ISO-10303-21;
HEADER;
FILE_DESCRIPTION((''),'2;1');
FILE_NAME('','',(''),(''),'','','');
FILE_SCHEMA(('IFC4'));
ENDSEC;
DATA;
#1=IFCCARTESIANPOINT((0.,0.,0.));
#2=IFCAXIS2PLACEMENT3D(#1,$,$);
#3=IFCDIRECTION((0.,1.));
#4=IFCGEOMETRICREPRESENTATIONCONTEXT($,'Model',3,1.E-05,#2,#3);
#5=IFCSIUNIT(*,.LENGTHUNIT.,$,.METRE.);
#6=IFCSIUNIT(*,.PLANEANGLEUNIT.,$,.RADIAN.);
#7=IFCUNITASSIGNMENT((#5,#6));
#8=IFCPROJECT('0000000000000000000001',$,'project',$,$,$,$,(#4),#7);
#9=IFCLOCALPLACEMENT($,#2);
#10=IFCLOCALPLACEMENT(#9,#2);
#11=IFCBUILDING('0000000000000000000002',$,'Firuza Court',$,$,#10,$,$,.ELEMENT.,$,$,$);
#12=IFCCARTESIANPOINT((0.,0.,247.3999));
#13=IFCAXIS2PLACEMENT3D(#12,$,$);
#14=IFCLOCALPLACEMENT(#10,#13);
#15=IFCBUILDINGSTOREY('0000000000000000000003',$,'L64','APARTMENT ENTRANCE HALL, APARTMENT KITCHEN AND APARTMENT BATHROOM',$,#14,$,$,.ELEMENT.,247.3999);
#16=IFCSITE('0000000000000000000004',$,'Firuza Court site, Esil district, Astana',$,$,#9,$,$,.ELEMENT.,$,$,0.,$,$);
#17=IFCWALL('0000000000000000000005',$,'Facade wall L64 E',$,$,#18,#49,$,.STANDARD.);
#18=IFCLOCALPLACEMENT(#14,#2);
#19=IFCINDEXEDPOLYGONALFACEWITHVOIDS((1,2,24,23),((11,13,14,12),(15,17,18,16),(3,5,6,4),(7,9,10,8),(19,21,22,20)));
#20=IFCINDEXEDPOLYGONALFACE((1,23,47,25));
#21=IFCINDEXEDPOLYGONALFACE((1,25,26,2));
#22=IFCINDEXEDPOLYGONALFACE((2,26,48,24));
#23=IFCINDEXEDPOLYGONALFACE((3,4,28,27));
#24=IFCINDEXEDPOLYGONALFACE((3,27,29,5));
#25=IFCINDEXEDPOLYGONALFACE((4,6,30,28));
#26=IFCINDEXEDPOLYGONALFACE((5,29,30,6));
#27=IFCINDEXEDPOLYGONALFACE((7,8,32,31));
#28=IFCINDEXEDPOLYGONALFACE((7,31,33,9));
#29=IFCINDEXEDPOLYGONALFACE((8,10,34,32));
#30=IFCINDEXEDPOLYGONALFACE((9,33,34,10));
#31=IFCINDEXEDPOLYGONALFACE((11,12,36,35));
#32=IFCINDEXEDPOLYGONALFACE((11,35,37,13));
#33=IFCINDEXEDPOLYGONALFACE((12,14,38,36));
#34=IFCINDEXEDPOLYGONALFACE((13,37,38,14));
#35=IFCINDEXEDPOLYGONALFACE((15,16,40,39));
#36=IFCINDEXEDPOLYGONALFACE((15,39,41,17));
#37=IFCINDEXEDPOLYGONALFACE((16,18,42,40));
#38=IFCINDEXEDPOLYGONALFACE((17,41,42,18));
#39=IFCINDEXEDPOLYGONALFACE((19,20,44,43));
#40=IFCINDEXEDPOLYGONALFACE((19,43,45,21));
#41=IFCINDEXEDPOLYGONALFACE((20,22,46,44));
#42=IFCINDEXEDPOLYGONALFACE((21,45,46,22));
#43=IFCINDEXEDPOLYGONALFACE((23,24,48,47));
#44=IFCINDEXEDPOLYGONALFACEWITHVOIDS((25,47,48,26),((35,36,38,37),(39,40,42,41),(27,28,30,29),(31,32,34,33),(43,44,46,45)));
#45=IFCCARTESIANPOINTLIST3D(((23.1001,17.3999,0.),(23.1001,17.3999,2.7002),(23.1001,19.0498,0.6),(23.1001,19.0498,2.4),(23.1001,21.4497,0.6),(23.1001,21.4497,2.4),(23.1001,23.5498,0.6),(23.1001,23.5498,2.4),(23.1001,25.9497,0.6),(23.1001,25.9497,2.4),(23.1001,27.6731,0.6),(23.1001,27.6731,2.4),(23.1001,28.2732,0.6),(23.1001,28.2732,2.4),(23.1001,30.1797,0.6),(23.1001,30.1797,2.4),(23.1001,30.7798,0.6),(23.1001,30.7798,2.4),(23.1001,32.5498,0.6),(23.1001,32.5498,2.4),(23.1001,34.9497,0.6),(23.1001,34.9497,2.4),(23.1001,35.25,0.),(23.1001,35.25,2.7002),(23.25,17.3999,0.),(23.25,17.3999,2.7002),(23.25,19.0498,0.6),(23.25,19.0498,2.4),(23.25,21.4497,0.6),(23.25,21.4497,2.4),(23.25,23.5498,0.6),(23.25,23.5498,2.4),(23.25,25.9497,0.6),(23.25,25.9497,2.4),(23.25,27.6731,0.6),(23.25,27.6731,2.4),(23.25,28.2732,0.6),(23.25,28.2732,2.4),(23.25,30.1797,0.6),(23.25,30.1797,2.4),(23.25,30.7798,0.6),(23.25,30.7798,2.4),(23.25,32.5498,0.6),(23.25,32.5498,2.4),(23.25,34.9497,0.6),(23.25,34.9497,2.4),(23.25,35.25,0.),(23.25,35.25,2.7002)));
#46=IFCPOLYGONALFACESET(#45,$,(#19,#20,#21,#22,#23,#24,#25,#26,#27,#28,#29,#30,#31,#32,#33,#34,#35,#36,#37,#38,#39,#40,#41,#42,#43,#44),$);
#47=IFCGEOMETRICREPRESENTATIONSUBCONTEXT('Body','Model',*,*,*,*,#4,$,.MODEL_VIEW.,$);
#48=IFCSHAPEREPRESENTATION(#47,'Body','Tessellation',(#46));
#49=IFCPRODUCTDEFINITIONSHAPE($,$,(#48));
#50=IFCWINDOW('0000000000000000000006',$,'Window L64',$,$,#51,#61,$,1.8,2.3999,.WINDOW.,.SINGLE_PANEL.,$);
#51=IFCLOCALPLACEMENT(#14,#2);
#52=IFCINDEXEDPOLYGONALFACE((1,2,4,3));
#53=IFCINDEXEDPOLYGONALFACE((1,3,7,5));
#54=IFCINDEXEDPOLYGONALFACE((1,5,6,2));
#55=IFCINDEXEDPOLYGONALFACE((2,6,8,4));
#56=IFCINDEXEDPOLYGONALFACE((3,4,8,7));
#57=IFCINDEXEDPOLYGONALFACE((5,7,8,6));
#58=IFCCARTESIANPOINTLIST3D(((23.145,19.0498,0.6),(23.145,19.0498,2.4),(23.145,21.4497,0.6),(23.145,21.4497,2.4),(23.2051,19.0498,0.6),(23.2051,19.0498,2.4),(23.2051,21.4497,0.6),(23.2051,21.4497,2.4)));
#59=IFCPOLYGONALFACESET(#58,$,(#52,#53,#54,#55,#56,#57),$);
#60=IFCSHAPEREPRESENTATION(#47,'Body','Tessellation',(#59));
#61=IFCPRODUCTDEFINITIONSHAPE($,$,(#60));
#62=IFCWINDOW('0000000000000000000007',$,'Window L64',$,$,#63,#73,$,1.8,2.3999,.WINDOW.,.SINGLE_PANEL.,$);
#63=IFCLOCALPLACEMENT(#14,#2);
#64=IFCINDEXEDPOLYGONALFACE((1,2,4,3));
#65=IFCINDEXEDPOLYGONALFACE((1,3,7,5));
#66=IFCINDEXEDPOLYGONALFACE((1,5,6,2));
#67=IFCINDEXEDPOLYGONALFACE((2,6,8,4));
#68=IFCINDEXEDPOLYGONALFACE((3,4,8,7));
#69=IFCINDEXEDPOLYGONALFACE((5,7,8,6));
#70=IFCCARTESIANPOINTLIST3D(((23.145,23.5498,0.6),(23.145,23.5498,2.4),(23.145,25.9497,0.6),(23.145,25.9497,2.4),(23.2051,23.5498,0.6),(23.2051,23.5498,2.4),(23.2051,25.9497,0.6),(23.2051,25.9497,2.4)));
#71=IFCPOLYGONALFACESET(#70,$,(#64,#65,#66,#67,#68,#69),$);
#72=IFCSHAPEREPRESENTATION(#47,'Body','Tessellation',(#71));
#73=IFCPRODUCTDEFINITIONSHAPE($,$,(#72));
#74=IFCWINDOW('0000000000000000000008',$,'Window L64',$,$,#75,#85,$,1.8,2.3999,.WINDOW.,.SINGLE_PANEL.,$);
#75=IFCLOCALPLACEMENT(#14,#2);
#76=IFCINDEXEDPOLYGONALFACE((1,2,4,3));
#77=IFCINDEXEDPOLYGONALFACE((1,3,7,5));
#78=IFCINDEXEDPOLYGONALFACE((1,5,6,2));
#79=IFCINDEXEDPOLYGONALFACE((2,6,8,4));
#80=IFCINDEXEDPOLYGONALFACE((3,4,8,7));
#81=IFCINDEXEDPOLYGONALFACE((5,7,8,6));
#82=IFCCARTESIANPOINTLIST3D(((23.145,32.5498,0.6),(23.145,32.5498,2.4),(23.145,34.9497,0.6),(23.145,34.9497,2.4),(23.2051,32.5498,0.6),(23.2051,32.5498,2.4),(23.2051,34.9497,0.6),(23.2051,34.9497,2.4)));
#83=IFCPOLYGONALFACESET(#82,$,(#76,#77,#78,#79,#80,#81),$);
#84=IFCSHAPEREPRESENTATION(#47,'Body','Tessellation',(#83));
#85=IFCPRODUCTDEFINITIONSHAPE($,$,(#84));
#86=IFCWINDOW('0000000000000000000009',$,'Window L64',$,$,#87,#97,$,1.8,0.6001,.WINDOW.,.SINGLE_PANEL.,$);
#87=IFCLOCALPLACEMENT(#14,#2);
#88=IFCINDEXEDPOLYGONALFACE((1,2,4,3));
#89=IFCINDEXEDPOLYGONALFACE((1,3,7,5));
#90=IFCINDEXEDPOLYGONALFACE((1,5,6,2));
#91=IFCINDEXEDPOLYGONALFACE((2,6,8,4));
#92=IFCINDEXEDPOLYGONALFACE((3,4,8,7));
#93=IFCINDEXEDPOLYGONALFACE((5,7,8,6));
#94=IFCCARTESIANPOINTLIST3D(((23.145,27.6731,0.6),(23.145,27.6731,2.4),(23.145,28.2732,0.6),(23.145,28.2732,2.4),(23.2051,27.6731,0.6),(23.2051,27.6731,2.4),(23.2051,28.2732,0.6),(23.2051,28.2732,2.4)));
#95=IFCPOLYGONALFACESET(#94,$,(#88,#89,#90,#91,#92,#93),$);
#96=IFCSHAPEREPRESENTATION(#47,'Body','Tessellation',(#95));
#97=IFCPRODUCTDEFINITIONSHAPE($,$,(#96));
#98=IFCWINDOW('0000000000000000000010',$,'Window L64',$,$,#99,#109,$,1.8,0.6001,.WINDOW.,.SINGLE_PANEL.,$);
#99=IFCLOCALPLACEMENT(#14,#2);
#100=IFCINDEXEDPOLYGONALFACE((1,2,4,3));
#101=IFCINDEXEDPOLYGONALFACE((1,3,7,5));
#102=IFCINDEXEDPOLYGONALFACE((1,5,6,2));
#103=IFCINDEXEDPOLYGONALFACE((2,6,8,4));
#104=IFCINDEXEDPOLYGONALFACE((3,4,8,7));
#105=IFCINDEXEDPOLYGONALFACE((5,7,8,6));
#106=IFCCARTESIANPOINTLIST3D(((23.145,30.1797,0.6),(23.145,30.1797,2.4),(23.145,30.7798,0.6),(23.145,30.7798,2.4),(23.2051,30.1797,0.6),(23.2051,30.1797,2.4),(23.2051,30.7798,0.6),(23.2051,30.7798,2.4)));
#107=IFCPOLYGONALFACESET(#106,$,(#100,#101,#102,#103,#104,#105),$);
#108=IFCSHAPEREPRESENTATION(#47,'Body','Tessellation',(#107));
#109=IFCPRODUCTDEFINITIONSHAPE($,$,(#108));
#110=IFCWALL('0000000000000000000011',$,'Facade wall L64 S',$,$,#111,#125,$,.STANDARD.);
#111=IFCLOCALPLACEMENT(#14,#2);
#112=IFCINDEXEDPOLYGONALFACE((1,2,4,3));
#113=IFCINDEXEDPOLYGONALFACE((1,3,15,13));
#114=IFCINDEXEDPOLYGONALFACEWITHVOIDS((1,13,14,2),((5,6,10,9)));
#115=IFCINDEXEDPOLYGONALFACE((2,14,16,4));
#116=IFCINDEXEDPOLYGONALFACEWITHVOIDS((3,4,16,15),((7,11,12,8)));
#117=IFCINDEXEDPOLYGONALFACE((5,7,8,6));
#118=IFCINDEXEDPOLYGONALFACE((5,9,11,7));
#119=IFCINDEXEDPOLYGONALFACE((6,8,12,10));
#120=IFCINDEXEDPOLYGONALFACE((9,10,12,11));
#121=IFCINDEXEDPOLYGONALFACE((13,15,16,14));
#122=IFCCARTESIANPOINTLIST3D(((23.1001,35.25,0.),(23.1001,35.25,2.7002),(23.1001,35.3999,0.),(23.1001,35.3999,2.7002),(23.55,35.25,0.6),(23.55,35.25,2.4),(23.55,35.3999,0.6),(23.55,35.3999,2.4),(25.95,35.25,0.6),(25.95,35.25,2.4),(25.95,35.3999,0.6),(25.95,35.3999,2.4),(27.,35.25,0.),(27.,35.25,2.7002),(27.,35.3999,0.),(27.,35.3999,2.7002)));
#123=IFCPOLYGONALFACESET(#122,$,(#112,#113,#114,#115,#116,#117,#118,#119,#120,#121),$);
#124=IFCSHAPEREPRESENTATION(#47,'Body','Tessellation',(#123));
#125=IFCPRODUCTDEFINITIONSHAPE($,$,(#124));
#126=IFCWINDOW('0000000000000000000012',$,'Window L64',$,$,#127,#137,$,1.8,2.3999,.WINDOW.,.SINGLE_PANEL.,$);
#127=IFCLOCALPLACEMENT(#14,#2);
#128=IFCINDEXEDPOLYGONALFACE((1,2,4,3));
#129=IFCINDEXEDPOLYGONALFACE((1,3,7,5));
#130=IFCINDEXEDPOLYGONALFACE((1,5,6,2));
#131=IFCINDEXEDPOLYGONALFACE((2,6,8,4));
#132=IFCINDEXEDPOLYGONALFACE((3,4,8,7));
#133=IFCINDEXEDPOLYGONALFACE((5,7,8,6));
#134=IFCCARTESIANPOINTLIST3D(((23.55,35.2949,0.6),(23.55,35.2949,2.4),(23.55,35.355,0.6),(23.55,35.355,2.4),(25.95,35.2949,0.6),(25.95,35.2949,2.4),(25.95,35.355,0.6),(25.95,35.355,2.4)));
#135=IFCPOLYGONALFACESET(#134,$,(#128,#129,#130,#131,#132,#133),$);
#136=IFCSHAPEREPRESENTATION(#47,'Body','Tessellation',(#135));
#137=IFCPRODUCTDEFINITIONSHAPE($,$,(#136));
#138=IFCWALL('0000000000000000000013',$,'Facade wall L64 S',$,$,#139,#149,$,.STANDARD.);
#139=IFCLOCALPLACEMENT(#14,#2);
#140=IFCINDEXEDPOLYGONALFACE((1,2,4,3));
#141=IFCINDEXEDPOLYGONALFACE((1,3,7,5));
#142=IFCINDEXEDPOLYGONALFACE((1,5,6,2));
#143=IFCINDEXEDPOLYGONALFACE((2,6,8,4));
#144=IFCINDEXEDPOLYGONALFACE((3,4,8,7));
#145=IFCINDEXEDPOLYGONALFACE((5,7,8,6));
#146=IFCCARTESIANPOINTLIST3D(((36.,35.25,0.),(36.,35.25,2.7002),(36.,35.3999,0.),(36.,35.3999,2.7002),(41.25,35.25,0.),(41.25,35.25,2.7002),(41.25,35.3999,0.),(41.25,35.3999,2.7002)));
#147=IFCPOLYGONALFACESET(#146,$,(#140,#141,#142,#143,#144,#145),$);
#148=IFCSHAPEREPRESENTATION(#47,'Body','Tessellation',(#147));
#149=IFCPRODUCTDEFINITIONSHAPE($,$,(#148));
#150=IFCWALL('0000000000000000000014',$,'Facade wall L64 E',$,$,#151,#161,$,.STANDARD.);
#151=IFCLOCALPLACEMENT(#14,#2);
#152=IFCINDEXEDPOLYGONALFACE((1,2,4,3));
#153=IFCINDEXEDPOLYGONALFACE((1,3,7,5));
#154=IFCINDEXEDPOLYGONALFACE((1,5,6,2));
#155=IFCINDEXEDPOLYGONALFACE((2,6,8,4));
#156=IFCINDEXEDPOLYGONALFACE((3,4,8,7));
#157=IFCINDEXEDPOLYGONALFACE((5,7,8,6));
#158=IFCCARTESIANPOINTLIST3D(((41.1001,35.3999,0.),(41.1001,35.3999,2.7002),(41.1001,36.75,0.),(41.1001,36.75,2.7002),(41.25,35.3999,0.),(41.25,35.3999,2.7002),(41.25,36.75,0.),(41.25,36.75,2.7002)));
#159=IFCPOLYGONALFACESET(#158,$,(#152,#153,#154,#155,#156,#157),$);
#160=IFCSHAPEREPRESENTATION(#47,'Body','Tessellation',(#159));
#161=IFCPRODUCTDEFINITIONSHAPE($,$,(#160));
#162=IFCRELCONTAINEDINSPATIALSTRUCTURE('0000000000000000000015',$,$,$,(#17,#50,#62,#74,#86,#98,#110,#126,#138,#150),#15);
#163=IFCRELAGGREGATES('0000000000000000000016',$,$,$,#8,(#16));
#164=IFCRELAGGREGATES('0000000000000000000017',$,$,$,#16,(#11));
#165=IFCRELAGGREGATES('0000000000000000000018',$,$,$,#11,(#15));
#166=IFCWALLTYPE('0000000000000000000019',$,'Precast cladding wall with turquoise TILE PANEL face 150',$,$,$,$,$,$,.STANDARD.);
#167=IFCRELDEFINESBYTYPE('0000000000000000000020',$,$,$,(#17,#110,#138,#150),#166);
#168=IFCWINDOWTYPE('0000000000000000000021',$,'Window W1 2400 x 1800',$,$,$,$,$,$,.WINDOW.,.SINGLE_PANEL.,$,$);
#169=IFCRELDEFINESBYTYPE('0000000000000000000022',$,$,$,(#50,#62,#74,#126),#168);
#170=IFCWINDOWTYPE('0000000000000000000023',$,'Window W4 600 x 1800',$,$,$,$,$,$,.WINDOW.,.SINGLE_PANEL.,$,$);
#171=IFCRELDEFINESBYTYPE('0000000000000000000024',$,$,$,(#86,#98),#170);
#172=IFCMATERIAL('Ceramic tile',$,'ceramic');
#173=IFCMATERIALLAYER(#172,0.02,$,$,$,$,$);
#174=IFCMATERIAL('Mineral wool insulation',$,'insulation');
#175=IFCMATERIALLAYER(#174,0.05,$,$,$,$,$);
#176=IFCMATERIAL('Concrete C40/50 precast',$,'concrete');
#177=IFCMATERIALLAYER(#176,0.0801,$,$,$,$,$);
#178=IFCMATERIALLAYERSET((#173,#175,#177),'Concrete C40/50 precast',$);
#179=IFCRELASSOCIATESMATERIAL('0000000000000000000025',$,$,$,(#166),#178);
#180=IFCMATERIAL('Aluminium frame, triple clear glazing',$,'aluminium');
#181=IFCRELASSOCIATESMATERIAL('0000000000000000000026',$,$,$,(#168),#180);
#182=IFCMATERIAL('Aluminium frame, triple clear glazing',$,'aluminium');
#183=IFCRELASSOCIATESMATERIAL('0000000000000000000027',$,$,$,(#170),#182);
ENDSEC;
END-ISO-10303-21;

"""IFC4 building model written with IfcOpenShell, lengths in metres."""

from ifc_helpers import new_model, si_unit, direction, frame, frame_2d, origin, place, context, subcontext, project, spatial, rectangle, extrude, material, layer, layer_set, type_object, element, fill, save


model = new_model("IFC4")

# Units and contexts
model_context = context("Model", 3, precision=1e-05, world=origin(), true_north=direction((0.0, 1.0)))
body_context = subcontext(model_context, "Body", "Model", "MODEL_VIEW")
ifc_project = project(units=[si_unit("LENGTHUNIT", "METRE"), si_unit("PLANEANGLEUNIT", "RADIAN")], contexts=[model_context])

# Site, building, storey
site_placement = place(None, origin())
site = spatial("IfcSite", under=ifc_project, at=site_placement, Name="Firuza Court site, Esil district, Astana", CompositionType="ELEMENT", RefElevation=0.0)
building_placement = place(site_placement, origin())
building = spatial("IfcBuilding", under=site, at=building_placement, Name="Firuza Court", CompositionType="ELEMENT")
storey_placement = place(building_placement, frame((0.0, 0.0, 247.3999)))
storey = spatial("IfcBuildingStorey", under=building, at=storey_placement, Name="L64", Description="APARTMENT ENTRANCE HALL, APARTMENT KITCHEN AND APARTMENT BATHROOM", CompositionType="ELEMENT", Elevation=247.3999)

# Wall, openings, windows
ifc_material_1 = material(Name="Ceramic tile", Category="ceramic")
ifc_layer_1 = layer(ifc_material_1, 0.02)
ifc_material_2 = material(Name="Mineral wool insulation", Category="insulation")
ifc_layer_2 = layer(ifc_material_2, 0.05)
ifc_material_3 = material(Name="Concrete C40/50 precast", Category="concrete")
ifc_layer_3 = layer(ifc_material_3, 0.0801)
ifc_layer_set = layer_set([ifc_layer_1, ifc_layer_2, ifc_layer_3], Name="Concrete C40/50 precast")
wall_type = type_object("IfcWallType", Name="Precast cladding wall with turquoise TILE PANEL face 150", PredefinedType="STANDARD", material=ifc_layer_set)
wall_1_placement = place(storey_placement, frame((23.175, 17.3999, 0.0), z_axis=(0.0, 0.0, 1.0), x_axis=(0.0, 1.0, 0.0)))
wall_1 = element("IfcWall", 1, at=wall_1_placement, inside=storey, type_object=wall_type, Name="Facade wall L64 E", PredefinedType="STANDARD", context=body_context, shape_type="SweptSolid", body=[
    extrude(rectangle(XDim=17.8501, YDim=0.1499, at=frame_2d((8.925, 0.0))), origin(), (0.0, 0.0, 1.0), 2.7002),
])
opening_1_placement = place(wall_1_placement, frame((1.6499, 0.0, 0.6001)))
opening_1 = element("IfcOpeningElement", 2, at=opening_1_placement, cuts=wall_1, PredefinedType="OPENING", context=body_context, shape_type="SweptSolid", body=[
    extrude(rectangle(XDim=2.3999, YDim=1.8, at=frame_2d((1.2, 0.8999))), frame((0.0, 0.0869, 0.0), z_axis=(0.0, -1.0, 0.0), x_axis=(1.0, 0.0, 0.0)), (0.0, 0.0, 1.0), 0.1738),
])
opening_2_placement = place(wall_1_placement, frame((6.1499, 0.0, 0.6001)))
opening_2 = element("IfcOpeningElement", 3, at=opening_2_placement, cuts=wall_1, PredefinedType="OPENING", context=body_context, shape_type="SweptSolid", body=[
    extrude(rectangle(XDim=2.3999, YDim=1.8, at=frame_2d((1.2, 0.8999))), frame((0.0, 0.0869, 0.0), z_axis=(0.0, -1.0, 0.0), x_axis=(1.0, 0.0, 0.0)), (0.0, 0.0, 1.0), 0.1738),
])
opening_3_placement = place(wall_1_placement, frame((10.2732, 0.0, 0.6001)))
opening_3 = element("IfcOpeningElement", 4, at=opening_3_placement, cuts=wall_1, PredefinedType="OPENING", context=body_context, shape_type="SweptSolid", body=[
    extrude(rectangle(XDim=0.6001, YDim=1.8, at=frame_2d((0.3, 0.8999))), frame((0.0, 0.0869, 0.0), z_axis=(0.0, -1.0, 0.0), x_axis=(1.0, 0.0, 0.0)), (0.0, 0.0, 1.0), 0.1738),
])
opening_4_placement = place(wall_1_placement, frame((12.7798, 0.0, 0.6001)))
opening_4 = element("IfcOpeningElement", 5, at=opening_4_placement, cuts=wall_1, PredefinedType="OPENING", context=body_context, shape_type="SweptSolid", body=[
    extrude(rectangle(XDim=0.6001, YDim=1.8, at=frame_2d((0.3, 0.8999))), frame((0.0, 0.0869, 0.0), z_axis=(0.0, -1.0, 0.0), x_axis=(1.0, 0.0, 0.0)), (0.0, 0.0, 1.0), 0.1738),
])
opening_5_placement = place(wall_1_placement, frame((15.1499, 0.0, 0.6001)))
opening_5 = element("IfcOpeningElement", 6, at=opening_5_placement, cuts=wall_1, PredefinedType="OPENING", context=body_context, shape_type="SweptSolid", body=[
    extrude(rectangle(XDim=2.3999, YDim=1.8, at=frame_2d((1.2, 0.8999))), frame((0.0, 0.0869, 0.0), z_axis=(0.0, -1.0, 0.0), x_axis=(1.0, 0.0, 0.0)), (0.0, 0.0, 1.0), 0.1738),
])
ifc_material_4 = material(Name="Aluminium frame, triple clear glazing", Category="aluminium")
window_type_1 = type_object("IfcWindowType", Name="Window W1 2400 x 1800", PartitioningType="SINGLE_PANEL", PredefinedType="WINDOW", material=ifc_material_4)
window_1_placement = place(opening_1_placement, origin())
window_1 = element("IfcWindow", 7, at=window_1_placement, inside=storey, type_object=window_type_1, Name="Window L64", OverallHeight=1.8, OverallWidth=2.3999, PartitioningType="SINGLE_PANEL", PredefinedType="WINDOW", context=body_context, shape_type="SweptSolid", body=[
    extrude(rectangle(XDim=2.3999, YDim=1.8, at=frame_2d((1.2, 0.8999))), frame((0.0, 0.03, 0.0), z_axis=(0.0, -1.0, 0.0), x_axis=(1.0, 0.0, 0.0)), (0.0, 0.0, 1.0), 0.0601),
])
fill(opening_1, window_1)
window_2_placement = place(opening_2_placement, origin())
window_2 = element("IfcWindow", 8, at=window_2_placement, inside=storey, type_object=window_type_1, Name="Window L64", OverallHeight=1.8, OverallWidth=2.3999, PartitioningType="SINGLE_PANEL", PredefinedType="WINDOW", context=body_context, shape_type="SweptSolid", body=[
    extrude(rectangle(XDim=2.3999, YDim=1.8, at=frame_2d((1.2, 0.8999))), frame((0.0, 0.03, 0.0), z_axis=(0.0, -1.0, 0.0), x_axis=(1.0, 0.0, 0.0)), (0.0, 0.0, 1.0), 0.0601),
])
fill(opening_2, window_2)
window_3_placement = place(opening_5_placement, origin())
window_3 = element("IfcWindow", 9, at=window_3_placement, inside=storey, type_object=window_type_1, Name="Window L64", OverallHeight=1.8, OverallWidth=2.3999, PartitioningType="SINGLE_PANEL", PredefinedType="WINDOW", context=body_context, shape_type="SweptSolid", body=[
    extrude(rectangle(XDim=2.3999, YDim=1.8, at=frame_2d((1.2, 0.8999))), frame((0.0, 0.03, 0.0), z_axis=(0.0, -1.0, 0.0), x_axis=(1.0, 0.0, 0.0)), (0.0, 0.0, 1.0), 0.0601),
])
fill(opening_5, window_3)
ifc_material_5 = material(Name="Aluminium frame, triple clear glazing", Category="aluminium")
window_type_2 = type_object("IfcWindowType", Name="Window W4 600 x 1800", PartitioningType="SINGLE_PANEL", PredefinedType="WINDOW", material=ifc_material_5)
window_4_placement = place(opening_3_placement, origin())
window_4 = element("IfcWindow", 10, at=window_4_placement, inside=storey, type_object=window_type_2, Name="Window L64", OverallHeight=1.8, OverallWidth=0.6001, PartitioningType="SINGLE_PANEL", PredefinedType="WINDOW", context=body_context, shape_type="SweptSolid", body=[
    extrude(rectangle(XDim=0.6001, YDim=1.8, at=frame_2d((0.3, 0.8999))), frame((0.0, 0.03, 0.0), z_axis=(0.0, -1.0, 0.0), x_axis=(1.0, 0.0, 0.0)), (0.0, 0.0, 1.0), 0.0601),
])
fill(opening_3, window_4)
window_5_placement = place(opening_4_placement, origin())
window_5 = element("IfcWindow", 11, at=window_5_placement, inside=storey, type_object=window_type_2, Name="Window L64", OverallHeight=1.8, OverallWidth=0.6001, PartitioningType="SINGLE_PANEL", PredefinedType="WINDOW", context=body_context, shape_type="SweptSolid", body=[
    extrude(rectangle(XDim=0.6001, YDim=1.8, at=frame_2d((0.3, 0.8999))), frame((0.0, 0.03, 0.0), z_axis=(0.0, -1.0, 0.0), x_axis=(1.0, 0.0, 0.0)), (0.0, 0.0, 1.0), 0.0601),
])
fill(opening_4, window_5)

# Wall, opening, window
wall_2_placement = place(storey_placement, frame((23.1001, 35.325, 0.0), z_axis=(0.0, 0.0, 1.0), x_axis=(1.0, 0.0, 0.0)))
wall_2 = element("IfcWall", 12, at=wall_2_placement, inside=storey, type_object=wall_type, Name="Facade wall L64 S", PredefinedType="STANDARD", context=body_context, shape_type="SweptSolid", body=[
    extrude(rectangle(XDim=3.8999, YDim=0.1499, at=frame_2d((1.95, 0.0))), origin(), (0.0, 0.0, 1.0), 2.7002),
])
opening_6_placement = place(wall_2_placement, frame((0.45, 0.0, 0.6001)))
opening_6 = element("IfcOpeningElement", 13, at=opening_6_placement, cuts=wall_2, PredefinedType="OPENING", context=body_context, shape_type="SweptSolid", body=[
    extrude(rectangle(XDim=2.3999, YDim=1.8, at=frame_2d((1.2, 0.8999))), frame((0.0, 0.0869, 0.0), z_axis=(0.0, -1.0, 0.0), x_axis=(1.0, 0.0, 0.0)), (0.0, 0.0, 1.0), 0.1738),
])
window_6_placement = place(opening_6_placement, origin())
window_6 = element("IfcWindow", 14, at=window_6_placement, inside=storey, type_object=window_type_1, Name="Window L64", OverallHeight=1.8, OverallWidth=2.3999, PartitioningType="SINGLE_PANEL", PredefinedType="WINDOW", context=body_context, shape_type="SweptSolid", body=[
    extrude(rectangle(XDim=2.3999, YDim=1.8, at=frame_2d((1.2, 0.8999))), frame((0.0, 0.03, 0.0), z_axis=(0.0, -1.0, 0.0), x_axis=(1.0, 0.0, 0.0)), (0.0, 0.0, 1.0), 0.0601),
])
fill(opening_6, window_6)

# Walls
wall_3_placement = place(storey_placement, frame((36.0, 35.325, 0.0), z_axis=(0.0, 0.0, 1.0), x_axis=(1.0, 0.0, 0.0)))
element("IfcWall", 15, at=wall_3_placement, inside=storey, type_object=wall_type, Name="Facade wall L64 S", PredefinedType="STANDARD", context=body_context, shape_type="SweptSolid", body=[
    extrude(rectangle(XDim=5.25, YDim=0.1499, at=frame_2d((2.625, 0.0))), origin(), (0.0, 0.0, 1.0), 2.7002),
])
wall_4_placement = place(storey_placement, frame((41.175, 35.3999, 0.0), z_axis=(0.0, 0.0, 1.0), x_axis=(0.0, 1.0, 0.0)))
element("IfcWall", 16, at=wall_4_placement, inside=storey, type_object=wall_type, Name="Facade wall L64 E", PredefinedType="STANDARD", context=body_context, shape_type="SweptSolid", body=[
    extrude(rectangle(XDim=1.3501, YDim=0.1499, at=frame_2d((0.675, 0.0))), origin(), (0.0, 0.0, 1.0), 2.7002),
])

save(model, "model.ifc")
